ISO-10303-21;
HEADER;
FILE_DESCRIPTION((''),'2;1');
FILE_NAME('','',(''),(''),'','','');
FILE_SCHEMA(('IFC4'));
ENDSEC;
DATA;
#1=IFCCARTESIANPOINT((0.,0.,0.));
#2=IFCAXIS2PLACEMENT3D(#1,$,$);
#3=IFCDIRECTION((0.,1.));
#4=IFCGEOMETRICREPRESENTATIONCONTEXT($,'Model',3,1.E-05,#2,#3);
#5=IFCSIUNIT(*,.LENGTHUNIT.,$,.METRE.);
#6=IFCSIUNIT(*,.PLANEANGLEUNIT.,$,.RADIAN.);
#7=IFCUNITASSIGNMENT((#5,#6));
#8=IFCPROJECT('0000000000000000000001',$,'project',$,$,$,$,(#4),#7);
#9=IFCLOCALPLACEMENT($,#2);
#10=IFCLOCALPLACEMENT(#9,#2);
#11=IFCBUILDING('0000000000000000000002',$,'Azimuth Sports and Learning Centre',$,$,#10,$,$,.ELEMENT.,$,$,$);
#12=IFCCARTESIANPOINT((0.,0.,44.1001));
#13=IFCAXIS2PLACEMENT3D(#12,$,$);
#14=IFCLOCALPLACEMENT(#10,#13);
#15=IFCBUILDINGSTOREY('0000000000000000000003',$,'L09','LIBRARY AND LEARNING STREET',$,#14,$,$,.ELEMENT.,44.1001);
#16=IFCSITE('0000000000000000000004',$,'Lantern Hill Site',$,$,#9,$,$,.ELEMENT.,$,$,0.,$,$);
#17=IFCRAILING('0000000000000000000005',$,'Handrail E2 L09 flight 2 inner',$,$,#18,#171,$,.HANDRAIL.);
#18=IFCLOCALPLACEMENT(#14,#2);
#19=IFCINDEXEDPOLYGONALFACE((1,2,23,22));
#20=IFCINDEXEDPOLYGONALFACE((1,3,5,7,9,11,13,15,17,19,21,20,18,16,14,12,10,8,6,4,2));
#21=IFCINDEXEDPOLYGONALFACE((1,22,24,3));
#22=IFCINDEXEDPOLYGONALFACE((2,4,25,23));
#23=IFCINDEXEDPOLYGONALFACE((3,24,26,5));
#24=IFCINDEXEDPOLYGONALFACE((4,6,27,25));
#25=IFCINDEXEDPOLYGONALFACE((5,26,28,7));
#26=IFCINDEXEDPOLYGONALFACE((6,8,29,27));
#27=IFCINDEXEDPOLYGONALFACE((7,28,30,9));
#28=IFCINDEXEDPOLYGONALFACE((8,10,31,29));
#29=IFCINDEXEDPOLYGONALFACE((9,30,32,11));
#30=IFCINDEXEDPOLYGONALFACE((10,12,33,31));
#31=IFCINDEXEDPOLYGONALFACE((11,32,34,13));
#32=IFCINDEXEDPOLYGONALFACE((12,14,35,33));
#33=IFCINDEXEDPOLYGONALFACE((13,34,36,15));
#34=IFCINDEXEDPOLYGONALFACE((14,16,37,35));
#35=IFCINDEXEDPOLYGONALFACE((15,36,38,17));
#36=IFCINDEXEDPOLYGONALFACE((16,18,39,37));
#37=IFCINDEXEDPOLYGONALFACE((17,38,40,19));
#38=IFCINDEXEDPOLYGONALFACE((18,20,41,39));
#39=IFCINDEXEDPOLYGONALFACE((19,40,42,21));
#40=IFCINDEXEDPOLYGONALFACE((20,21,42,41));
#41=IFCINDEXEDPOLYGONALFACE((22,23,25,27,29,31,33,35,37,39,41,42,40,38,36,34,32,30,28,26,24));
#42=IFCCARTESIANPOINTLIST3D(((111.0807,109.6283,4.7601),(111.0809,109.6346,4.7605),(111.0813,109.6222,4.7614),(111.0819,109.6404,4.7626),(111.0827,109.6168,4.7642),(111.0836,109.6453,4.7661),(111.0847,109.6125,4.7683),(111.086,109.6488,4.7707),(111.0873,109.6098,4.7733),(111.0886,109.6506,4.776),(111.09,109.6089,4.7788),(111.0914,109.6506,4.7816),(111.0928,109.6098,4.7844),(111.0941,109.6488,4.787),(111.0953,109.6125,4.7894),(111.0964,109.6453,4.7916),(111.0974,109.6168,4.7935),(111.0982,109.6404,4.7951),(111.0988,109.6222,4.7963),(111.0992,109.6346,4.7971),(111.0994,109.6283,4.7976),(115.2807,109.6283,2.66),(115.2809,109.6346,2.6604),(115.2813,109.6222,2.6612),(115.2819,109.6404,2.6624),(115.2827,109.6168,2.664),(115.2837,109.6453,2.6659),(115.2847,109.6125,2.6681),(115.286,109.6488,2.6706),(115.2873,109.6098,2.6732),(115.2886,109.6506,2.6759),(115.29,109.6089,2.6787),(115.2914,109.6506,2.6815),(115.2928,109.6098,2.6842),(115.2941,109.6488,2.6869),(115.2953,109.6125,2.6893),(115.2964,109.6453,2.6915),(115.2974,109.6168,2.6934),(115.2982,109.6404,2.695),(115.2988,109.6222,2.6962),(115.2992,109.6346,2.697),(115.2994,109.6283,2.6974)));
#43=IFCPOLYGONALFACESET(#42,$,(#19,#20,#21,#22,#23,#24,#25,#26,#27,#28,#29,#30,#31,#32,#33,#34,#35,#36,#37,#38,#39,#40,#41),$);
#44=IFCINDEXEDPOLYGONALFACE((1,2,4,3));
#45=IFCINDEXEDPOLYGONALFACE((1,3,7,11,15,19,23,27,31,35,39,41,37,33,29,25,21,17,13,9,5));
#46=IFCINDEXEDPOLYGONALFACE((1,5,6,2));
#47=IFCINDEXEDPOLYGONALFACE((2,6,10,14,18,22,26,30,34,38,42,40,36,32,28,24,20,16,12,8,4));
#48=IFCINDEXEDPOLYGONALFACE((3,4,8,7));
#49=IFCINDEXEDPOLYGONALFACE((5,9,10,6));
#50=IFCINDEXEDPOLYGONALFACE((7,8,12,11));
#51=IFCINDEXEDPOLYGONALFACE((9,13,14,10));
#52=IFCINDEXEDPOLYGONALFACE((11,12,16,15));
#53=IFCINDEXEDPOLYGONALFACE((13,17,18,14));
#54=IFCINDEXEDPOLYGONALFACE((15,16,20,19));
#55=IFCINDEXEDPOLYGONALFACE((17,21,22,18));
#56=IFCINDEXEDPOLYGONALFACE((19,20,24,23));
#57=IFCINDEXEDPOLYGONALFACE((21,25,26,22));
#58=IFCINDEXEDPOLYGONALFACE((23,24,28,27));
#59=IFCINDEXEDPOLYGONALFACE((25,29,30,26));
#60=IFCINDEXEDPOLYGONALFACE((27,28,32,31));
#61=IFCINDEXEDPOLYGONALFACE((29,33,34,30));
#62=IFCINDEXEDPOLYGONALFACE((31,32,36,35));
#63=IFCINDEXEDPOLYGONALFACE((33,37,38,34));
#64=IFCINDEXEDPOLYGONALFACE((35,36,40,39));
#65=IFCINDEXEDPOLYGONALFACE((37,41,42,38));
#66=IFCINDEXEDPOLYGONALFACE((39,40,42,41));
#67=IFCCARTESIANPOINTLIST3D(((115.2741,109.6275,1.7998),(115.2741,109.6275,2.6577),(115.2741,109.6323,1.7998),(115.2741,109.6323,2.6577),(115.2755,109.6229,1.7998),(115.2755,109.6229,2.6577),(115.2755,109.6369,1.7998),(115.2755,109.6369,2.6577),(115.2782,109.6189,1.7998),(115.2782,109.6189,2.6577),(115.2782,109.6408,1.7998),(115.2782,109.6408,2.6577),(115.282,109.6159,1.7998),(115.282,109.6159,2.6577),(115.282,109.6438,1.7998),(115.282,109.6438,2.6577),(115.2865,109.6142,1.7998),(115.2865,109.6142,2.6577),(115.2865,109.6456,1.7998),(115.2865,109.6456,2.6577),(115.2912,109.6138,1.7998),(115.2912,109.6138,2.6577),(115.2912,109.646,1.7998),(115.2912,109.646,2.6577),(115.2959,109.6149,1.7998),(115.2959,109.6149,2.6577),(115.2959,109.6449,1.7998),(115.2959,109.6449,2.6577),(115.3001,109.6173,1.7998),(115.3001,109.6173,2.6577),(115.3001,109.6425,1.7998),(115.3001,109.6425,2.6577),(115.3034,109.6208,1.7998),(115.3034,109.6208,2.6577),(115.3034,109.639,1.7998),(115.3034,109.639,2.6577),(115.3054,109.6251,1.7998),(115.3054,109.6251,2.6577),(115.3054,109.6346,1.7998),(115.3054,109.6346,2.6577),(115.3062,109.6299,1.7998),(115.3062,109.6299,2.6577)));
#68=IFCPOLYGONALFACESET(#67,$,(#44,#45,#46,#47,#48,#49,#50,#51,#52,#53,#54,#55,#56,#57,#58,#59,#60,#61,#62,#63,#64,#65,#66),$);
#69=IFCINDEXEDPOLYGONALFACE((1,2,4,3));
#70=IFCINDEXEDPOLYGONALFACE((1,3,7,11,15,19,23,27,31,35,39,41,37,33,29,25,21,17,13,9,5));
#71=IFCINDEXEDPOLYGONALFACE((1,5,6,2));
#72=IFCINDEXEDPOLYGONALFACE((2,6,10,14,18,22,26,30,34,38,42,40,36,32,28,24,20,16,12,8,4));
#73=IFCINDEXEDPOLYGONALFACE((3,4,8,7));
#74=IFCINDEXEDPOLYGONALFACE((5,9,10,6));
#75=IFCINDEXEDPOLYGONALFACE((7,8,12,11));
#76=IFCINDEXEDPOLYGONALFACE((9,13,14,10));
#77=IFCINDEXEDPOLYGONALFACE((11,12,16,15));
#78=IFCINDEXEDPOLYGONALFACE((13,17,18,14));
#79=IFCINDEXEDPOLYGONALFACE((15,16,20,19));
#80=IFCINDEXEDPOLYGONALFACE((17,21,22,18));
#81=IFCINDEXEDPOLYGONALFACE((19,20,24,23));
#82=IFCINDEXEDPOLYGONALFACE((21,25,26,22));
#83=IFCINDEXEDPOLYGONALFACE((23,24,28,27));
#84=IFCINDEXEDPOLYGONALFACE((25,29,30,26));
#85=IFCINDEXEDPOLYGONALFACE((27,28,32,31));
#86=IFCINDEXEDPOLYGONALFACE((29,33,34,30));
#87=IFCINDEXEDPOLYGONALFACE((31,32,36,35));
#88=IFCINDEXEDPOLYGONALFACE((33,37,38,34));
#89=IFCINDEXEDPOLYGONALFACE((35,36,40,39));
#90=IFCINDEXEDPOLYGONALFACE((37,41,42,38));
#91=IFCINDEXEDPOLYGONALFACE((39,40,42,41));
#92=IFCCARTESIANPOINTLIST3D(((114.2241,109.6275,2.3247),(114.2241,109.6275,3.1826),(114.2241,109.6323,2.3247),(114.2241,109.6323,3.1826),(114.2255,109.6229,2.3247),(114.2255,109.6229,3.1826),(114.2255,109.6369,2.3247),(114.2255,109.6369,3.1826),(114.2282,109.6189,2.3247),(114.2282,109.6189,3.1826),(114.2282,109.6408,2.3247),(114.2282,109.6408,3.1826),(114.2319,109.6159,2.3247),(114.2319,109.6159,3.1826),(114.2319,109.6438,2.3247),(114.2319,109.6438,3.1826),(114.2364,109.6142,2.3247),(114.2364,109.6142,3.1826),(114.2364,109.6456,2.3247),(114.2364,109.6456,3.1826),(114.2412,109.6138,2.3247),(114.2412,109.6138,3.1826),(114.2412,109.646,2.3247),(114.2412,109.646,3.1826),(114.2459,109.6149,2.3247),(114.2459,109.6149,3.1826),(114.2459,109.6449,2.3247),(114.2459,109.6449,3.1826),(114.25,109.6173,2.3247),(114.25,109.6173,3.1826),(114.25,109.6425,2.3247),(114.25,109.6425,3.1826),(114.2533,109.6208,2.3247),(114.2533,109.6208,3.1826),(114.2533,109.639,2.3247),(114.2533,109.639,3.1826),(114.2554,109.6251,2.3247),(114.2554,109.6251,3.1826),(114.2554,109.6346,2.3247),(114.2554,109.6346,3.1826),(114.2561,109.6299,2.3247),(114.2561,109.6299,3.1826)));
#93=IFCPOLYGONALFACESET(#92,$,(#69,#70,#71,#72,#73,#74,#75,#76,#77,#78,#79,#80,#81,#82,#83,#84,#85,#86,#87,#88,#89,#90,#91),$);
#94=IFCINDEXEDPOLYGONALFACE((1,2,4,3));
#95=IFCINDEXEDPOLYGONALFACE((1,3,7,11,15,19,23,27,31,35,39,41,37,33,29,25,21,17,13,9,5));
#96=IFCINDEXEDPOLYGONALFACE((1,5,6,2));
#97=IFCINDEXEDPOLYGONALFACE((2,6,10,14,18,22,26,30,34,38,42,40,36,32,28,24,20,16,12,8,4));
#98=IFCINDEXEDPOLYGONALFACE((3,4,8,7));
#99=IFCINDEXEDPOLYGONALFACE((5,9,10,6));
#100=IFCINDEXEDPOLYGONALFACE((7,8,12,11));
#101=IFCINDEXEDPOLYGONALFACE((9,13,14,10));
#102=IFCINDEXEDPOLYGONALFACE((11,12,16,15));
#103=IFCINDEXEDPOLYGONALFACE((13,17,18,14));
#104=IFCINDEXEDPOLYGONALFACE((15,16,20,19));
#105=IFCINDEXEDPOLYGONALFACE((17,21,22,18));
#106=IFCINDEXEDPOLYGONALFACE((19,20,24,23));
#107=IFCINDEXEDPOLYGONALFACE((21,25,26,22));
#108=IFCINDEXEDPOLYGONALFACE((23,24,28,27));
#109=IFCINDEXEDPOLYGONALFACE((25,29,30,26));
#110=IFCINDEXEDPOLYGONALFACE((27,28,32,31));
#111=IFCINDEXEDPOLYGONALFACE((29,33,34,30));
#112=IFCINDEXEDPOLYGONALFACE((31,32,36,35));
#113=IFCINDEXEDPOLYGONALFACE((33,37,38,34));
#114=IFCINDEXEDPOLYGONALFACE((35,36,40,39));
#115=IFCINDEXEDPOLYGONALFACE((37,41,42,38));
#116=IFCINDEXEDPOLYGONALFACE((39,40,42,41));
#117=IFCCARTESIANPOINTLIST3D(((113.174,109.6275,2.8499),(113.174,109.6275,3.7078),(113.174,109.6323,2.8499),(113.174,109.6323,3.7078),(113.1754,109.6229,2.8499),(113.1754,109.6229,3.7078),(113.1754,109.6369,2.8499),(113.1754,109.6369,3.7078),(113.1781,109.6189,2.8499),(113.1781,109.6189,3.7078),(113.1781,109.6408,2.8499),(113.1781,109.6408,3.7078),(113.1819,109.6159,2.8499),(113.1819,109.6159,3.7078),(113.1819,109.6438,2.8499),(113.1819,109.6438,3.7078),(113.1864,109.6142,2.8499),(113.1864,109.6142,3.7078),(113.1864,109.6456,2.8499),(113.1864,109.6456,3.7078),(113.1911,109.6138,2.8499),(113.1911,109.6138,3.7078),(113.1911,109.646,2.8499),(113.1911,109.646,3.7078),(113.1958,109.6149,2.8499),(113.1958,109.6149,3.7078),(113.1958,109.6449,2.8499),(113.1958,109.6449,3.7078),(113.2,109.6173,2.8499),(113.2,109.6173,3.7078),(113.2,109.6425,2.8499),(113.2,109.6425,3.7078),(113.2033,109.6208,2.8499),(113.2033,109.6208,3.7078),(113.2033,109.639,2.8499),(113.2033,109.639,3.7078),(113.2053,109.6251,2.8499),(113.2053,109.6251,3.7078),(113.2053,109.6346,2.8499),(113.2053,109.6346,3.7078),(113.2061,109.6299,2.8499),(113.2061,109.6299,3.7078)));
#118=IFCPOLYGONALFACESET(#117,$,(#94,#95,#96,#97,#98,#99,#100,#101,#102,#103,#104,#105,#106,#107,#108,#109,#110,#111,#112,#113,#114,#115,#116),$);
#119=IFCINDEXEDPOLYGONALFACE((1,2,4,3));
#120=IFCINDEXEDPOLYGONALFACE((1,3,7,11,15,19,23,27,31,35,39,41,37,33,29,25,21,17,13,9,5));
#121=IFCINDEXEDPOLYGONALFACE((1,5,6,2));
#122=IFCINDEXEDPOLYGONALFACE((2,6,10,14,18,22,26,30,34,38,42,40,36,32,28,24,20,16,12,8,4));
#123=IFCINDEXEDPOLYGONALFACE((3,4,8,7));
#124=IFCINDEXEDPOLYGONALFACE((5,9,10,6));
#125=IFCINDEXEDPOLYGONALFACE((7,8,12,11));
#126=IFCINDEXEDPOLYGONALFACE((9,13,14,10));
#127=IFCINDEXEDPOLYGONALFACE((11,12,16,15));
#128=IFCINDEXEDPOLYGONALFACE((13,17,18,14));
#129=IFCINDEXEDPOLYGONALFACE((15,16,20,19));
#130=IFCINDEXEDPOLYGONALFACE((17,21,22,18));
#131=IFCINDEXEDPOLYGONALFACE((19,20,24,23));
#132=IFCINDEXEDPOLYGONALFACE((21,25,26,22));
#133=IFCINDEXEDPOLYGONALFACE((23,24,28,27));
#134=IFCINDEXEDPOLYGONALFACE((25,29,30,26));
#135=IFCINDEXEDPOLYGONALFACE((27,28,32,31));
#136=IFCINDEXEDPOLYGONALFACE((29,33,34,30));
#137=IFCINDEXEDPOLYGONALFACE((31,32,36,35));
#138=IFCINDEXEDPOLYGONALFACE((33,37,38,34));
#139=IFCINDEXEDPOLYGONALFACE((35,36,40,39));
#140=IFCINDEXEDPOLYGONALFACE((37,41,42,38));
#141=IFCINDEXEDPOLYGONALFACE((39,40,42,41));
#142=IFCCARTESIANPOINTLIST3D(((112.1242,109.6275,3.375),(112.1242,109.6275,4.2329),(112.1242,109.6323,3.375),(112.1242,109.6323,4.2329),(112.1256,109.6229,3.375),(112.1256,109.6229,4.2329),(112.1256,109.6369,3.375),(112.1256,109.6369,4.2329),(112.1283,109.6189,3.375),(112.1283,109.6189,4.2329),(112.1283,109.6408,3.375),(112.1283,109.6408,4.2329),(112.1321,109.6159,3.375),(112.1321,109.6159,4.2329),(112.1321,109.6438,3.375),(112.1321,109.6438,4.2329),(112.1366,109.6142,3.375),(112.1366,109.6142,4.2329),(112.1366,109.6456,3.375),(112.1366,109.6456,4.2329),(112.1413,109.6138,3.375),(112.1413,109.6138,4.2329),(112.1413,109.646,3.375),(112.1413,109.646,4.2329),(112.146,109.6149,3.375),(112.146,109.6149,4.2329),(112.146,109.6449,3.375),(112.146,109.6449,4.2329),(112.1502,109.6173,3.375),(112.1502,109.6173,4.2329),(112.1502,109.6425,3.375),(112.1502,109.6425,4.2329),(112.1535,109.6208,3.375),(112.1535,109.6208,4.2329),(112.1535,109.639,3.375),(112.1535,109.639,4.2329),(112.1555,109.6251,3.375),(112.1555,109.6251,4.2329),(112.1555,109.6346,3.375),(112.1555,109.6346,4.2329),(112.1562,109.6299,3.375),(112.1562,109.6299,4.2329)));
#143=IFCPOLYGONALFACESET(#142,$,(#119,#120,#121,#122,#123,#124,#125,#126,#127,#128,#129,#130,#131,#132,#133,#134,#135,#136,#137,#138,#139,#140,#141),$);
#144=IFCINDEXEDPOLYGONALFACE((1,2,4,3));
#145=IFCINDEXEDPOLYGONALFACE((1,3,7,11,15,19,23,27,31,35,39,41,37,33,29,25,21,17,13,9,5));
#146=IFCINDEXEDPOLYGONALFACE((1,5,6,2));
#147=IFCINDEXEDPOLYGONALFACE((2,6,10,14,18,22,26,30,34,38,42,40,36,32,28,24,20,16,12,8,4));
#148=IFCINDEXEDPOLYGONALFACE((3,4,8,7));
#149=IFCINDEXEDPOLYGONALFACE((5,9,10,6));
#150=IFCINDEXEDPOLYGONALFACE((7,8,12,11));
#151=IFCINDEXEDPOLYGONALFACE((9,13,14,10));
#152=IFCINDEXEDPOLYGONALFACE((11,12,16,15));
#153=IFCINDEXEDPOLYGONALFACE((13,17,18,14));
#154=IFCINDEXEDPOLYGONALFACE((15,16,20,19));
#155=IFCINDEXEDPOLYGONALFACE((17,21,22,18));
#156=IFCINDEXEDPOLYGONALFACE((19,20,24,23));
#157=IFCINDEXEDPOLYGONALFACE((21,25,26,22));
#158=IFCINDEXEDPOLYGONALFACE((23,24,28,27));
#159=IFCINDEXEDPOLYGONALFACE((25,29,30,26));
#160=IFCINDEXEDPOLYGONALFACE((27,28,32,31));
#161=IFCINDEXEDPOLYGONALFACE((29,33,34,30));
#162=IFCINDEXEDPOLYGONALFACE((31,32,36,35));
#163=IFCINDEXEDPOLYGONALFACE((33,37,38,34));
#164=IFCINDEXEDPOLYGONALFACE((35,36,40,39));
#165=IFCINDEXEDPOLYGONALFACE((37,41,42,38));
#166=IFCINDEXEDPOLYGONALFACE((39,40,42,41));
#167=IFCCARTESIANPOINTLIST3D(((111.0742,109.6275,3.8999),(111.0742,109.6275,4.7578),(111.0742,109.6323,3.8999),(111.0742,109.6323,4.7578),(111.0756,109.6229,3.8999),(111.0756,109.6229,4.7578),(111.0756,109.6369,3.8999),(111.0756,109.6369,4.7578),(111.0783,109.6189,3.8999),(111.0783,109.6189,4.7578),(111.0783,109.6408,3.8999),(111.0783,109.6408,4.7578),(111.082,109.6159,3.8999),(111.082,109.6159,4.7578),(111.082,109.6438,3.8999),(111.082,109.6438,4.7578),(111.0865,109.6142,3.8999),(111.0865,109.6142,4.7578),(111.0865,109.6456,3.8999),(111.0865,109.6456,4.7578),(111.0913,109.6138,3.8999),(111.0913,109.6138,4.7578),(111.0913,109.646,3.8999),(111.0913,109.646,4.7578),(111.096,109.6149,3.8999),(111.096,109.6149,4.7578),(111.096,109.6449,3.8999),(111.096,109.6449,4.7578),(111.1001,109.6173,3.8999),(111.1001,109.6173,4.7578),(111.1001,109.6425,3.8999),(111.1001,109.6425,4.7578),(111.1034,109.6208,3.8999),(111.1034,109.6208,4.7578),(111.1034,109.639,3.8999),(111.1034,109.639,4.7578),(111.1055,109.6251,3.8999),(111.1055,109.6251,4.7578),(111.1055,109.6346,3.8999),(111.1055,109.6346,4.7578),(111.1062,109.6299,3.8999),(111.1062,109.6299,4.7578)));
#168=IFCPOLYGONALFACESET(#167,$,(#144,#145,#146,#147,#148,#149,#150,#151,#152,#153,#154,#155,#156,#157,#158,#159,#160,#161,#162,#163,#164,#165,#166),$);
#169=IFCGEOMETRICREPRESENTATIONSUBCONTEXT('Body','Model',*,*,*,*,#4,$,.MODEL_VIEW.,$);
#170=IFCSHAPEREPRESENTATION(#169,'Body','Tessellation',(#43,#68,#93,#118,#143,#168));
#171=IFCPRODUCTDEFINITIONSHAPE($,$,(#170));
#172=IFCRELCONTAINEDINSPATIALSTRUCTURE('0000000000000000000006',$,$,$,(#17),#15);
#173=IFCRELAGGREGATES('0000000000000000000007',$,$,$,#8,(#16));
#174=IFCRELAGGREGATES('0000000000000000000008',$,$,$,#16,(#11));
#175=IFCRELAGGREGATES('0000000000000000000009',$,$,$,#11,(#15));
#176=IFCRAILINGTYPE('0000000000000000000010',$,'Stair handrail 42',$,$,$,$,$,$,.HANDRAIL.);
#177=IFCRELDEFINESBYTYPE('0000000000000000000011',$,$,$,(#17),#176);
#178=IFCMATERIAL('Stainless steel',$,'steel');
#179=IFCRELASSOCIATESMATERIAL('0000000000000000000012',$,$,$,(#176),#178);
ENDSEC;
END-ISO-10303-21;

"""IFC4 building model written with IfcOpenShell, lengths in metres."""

from ifc_helpers import new_model, si_unit, direction, frame, origin, origin_2d, place, context, subcontext, project, spatial, circle, extrude, material, type_object, element, save


model = new_model("IFC4")

# Units and contexts
model_context = context("Model", 3, precision=1e-05, world=origin(), true_north=direction((0.0, 1.0)))
body_context = subcontext(model_context, "Body", "Model", "MODEL_VIEW")
ifc_project = project(units=[si_unit("LENGTHUNIT", "METRE"), si_unit("PLANEANGLEUNIT", "RADIAN")], contexts=[model_context])

# Site, building, storey
site_placement = place(None, origin())
site = spatial("IfcSite", under=ifc_project, at=site_placement, Name="Lantern Hill Site", CompositionType="ELEMENT", RefElevation=0.0)
building_placement = place(site_placement, origin())
building = spatial("IfcBuilding", under=site, at=building_placement, Name="Azimuth Sports and Learning Centre", CompositionType="ELEMENT")
storey_placement = place(building_placement, frame((0.0, 0.0, 44.1001)))
storey = spatial("IfcBuildingStorey", under=building, at=storey_placement, Name="L09", Description="LIBRARY AND LEARNING STREET", CompositionType="ELEMENT", Elevation=44.1001)

# Railing
ifc_material_1 = material(Name="Stainless steel", Category="steel")
railing_type_1 = type_object("IfcRailingType", Name="Stair handrail 42", PredefinedType="HANDRAIL", material=ifc_material_1)
railing_1_placement = place(storey_placement, frame((115.29, 109.6299, 1.7998)))
element("IfcRailing", 1, at=railing_1_placement, inside=storey, type_object=railing_type_1, Name="Handrail E2 L09 flight 2 inner", PredefinedType="HANDRAIL", context=body_context, shape_type="SweptSolid", body=[
    extrude(circle(Radius=0.021, at=origin_2d()), frame((0.0, 0.0, 0.8789), z_axis=(-0.894417, 0.0, 0.447234), x_axis=(0.0, -1.0, 0.0)), (0.0, 0.0, 1.0), 4.6958),
    extrude(circle(Radius=0.0161, at=origin_2d()), origin(), (0.0, 0.0, 1.0), 0.8579),
    extrude(circle(Radius=0.0161, at=origin_2d()), frame((-1.05, 0.0, 0.5249)), (0.0, 0.0, 1.0), 0.8579),
    extrude(circle(Radius=0.0161, at=origin_2d()), frame((-2.1001, 0.0, 1.05)), (0.0, 0.0, 1.0), 0.8579),
    extrude(circle(Radius=0.0161, at=origin_2d()), frame((-3.1499, 0.0, 1.5752)), (0.0, 0.0, 1.0), 0.8579),
    extrude(circle(Radius=0.0161, at=origin_2d()), frame((-4.2, 0.0, 2.1001)), (0.0, 0.0, 1.0), 0.8579),
])

save(model, "model.ifc")
